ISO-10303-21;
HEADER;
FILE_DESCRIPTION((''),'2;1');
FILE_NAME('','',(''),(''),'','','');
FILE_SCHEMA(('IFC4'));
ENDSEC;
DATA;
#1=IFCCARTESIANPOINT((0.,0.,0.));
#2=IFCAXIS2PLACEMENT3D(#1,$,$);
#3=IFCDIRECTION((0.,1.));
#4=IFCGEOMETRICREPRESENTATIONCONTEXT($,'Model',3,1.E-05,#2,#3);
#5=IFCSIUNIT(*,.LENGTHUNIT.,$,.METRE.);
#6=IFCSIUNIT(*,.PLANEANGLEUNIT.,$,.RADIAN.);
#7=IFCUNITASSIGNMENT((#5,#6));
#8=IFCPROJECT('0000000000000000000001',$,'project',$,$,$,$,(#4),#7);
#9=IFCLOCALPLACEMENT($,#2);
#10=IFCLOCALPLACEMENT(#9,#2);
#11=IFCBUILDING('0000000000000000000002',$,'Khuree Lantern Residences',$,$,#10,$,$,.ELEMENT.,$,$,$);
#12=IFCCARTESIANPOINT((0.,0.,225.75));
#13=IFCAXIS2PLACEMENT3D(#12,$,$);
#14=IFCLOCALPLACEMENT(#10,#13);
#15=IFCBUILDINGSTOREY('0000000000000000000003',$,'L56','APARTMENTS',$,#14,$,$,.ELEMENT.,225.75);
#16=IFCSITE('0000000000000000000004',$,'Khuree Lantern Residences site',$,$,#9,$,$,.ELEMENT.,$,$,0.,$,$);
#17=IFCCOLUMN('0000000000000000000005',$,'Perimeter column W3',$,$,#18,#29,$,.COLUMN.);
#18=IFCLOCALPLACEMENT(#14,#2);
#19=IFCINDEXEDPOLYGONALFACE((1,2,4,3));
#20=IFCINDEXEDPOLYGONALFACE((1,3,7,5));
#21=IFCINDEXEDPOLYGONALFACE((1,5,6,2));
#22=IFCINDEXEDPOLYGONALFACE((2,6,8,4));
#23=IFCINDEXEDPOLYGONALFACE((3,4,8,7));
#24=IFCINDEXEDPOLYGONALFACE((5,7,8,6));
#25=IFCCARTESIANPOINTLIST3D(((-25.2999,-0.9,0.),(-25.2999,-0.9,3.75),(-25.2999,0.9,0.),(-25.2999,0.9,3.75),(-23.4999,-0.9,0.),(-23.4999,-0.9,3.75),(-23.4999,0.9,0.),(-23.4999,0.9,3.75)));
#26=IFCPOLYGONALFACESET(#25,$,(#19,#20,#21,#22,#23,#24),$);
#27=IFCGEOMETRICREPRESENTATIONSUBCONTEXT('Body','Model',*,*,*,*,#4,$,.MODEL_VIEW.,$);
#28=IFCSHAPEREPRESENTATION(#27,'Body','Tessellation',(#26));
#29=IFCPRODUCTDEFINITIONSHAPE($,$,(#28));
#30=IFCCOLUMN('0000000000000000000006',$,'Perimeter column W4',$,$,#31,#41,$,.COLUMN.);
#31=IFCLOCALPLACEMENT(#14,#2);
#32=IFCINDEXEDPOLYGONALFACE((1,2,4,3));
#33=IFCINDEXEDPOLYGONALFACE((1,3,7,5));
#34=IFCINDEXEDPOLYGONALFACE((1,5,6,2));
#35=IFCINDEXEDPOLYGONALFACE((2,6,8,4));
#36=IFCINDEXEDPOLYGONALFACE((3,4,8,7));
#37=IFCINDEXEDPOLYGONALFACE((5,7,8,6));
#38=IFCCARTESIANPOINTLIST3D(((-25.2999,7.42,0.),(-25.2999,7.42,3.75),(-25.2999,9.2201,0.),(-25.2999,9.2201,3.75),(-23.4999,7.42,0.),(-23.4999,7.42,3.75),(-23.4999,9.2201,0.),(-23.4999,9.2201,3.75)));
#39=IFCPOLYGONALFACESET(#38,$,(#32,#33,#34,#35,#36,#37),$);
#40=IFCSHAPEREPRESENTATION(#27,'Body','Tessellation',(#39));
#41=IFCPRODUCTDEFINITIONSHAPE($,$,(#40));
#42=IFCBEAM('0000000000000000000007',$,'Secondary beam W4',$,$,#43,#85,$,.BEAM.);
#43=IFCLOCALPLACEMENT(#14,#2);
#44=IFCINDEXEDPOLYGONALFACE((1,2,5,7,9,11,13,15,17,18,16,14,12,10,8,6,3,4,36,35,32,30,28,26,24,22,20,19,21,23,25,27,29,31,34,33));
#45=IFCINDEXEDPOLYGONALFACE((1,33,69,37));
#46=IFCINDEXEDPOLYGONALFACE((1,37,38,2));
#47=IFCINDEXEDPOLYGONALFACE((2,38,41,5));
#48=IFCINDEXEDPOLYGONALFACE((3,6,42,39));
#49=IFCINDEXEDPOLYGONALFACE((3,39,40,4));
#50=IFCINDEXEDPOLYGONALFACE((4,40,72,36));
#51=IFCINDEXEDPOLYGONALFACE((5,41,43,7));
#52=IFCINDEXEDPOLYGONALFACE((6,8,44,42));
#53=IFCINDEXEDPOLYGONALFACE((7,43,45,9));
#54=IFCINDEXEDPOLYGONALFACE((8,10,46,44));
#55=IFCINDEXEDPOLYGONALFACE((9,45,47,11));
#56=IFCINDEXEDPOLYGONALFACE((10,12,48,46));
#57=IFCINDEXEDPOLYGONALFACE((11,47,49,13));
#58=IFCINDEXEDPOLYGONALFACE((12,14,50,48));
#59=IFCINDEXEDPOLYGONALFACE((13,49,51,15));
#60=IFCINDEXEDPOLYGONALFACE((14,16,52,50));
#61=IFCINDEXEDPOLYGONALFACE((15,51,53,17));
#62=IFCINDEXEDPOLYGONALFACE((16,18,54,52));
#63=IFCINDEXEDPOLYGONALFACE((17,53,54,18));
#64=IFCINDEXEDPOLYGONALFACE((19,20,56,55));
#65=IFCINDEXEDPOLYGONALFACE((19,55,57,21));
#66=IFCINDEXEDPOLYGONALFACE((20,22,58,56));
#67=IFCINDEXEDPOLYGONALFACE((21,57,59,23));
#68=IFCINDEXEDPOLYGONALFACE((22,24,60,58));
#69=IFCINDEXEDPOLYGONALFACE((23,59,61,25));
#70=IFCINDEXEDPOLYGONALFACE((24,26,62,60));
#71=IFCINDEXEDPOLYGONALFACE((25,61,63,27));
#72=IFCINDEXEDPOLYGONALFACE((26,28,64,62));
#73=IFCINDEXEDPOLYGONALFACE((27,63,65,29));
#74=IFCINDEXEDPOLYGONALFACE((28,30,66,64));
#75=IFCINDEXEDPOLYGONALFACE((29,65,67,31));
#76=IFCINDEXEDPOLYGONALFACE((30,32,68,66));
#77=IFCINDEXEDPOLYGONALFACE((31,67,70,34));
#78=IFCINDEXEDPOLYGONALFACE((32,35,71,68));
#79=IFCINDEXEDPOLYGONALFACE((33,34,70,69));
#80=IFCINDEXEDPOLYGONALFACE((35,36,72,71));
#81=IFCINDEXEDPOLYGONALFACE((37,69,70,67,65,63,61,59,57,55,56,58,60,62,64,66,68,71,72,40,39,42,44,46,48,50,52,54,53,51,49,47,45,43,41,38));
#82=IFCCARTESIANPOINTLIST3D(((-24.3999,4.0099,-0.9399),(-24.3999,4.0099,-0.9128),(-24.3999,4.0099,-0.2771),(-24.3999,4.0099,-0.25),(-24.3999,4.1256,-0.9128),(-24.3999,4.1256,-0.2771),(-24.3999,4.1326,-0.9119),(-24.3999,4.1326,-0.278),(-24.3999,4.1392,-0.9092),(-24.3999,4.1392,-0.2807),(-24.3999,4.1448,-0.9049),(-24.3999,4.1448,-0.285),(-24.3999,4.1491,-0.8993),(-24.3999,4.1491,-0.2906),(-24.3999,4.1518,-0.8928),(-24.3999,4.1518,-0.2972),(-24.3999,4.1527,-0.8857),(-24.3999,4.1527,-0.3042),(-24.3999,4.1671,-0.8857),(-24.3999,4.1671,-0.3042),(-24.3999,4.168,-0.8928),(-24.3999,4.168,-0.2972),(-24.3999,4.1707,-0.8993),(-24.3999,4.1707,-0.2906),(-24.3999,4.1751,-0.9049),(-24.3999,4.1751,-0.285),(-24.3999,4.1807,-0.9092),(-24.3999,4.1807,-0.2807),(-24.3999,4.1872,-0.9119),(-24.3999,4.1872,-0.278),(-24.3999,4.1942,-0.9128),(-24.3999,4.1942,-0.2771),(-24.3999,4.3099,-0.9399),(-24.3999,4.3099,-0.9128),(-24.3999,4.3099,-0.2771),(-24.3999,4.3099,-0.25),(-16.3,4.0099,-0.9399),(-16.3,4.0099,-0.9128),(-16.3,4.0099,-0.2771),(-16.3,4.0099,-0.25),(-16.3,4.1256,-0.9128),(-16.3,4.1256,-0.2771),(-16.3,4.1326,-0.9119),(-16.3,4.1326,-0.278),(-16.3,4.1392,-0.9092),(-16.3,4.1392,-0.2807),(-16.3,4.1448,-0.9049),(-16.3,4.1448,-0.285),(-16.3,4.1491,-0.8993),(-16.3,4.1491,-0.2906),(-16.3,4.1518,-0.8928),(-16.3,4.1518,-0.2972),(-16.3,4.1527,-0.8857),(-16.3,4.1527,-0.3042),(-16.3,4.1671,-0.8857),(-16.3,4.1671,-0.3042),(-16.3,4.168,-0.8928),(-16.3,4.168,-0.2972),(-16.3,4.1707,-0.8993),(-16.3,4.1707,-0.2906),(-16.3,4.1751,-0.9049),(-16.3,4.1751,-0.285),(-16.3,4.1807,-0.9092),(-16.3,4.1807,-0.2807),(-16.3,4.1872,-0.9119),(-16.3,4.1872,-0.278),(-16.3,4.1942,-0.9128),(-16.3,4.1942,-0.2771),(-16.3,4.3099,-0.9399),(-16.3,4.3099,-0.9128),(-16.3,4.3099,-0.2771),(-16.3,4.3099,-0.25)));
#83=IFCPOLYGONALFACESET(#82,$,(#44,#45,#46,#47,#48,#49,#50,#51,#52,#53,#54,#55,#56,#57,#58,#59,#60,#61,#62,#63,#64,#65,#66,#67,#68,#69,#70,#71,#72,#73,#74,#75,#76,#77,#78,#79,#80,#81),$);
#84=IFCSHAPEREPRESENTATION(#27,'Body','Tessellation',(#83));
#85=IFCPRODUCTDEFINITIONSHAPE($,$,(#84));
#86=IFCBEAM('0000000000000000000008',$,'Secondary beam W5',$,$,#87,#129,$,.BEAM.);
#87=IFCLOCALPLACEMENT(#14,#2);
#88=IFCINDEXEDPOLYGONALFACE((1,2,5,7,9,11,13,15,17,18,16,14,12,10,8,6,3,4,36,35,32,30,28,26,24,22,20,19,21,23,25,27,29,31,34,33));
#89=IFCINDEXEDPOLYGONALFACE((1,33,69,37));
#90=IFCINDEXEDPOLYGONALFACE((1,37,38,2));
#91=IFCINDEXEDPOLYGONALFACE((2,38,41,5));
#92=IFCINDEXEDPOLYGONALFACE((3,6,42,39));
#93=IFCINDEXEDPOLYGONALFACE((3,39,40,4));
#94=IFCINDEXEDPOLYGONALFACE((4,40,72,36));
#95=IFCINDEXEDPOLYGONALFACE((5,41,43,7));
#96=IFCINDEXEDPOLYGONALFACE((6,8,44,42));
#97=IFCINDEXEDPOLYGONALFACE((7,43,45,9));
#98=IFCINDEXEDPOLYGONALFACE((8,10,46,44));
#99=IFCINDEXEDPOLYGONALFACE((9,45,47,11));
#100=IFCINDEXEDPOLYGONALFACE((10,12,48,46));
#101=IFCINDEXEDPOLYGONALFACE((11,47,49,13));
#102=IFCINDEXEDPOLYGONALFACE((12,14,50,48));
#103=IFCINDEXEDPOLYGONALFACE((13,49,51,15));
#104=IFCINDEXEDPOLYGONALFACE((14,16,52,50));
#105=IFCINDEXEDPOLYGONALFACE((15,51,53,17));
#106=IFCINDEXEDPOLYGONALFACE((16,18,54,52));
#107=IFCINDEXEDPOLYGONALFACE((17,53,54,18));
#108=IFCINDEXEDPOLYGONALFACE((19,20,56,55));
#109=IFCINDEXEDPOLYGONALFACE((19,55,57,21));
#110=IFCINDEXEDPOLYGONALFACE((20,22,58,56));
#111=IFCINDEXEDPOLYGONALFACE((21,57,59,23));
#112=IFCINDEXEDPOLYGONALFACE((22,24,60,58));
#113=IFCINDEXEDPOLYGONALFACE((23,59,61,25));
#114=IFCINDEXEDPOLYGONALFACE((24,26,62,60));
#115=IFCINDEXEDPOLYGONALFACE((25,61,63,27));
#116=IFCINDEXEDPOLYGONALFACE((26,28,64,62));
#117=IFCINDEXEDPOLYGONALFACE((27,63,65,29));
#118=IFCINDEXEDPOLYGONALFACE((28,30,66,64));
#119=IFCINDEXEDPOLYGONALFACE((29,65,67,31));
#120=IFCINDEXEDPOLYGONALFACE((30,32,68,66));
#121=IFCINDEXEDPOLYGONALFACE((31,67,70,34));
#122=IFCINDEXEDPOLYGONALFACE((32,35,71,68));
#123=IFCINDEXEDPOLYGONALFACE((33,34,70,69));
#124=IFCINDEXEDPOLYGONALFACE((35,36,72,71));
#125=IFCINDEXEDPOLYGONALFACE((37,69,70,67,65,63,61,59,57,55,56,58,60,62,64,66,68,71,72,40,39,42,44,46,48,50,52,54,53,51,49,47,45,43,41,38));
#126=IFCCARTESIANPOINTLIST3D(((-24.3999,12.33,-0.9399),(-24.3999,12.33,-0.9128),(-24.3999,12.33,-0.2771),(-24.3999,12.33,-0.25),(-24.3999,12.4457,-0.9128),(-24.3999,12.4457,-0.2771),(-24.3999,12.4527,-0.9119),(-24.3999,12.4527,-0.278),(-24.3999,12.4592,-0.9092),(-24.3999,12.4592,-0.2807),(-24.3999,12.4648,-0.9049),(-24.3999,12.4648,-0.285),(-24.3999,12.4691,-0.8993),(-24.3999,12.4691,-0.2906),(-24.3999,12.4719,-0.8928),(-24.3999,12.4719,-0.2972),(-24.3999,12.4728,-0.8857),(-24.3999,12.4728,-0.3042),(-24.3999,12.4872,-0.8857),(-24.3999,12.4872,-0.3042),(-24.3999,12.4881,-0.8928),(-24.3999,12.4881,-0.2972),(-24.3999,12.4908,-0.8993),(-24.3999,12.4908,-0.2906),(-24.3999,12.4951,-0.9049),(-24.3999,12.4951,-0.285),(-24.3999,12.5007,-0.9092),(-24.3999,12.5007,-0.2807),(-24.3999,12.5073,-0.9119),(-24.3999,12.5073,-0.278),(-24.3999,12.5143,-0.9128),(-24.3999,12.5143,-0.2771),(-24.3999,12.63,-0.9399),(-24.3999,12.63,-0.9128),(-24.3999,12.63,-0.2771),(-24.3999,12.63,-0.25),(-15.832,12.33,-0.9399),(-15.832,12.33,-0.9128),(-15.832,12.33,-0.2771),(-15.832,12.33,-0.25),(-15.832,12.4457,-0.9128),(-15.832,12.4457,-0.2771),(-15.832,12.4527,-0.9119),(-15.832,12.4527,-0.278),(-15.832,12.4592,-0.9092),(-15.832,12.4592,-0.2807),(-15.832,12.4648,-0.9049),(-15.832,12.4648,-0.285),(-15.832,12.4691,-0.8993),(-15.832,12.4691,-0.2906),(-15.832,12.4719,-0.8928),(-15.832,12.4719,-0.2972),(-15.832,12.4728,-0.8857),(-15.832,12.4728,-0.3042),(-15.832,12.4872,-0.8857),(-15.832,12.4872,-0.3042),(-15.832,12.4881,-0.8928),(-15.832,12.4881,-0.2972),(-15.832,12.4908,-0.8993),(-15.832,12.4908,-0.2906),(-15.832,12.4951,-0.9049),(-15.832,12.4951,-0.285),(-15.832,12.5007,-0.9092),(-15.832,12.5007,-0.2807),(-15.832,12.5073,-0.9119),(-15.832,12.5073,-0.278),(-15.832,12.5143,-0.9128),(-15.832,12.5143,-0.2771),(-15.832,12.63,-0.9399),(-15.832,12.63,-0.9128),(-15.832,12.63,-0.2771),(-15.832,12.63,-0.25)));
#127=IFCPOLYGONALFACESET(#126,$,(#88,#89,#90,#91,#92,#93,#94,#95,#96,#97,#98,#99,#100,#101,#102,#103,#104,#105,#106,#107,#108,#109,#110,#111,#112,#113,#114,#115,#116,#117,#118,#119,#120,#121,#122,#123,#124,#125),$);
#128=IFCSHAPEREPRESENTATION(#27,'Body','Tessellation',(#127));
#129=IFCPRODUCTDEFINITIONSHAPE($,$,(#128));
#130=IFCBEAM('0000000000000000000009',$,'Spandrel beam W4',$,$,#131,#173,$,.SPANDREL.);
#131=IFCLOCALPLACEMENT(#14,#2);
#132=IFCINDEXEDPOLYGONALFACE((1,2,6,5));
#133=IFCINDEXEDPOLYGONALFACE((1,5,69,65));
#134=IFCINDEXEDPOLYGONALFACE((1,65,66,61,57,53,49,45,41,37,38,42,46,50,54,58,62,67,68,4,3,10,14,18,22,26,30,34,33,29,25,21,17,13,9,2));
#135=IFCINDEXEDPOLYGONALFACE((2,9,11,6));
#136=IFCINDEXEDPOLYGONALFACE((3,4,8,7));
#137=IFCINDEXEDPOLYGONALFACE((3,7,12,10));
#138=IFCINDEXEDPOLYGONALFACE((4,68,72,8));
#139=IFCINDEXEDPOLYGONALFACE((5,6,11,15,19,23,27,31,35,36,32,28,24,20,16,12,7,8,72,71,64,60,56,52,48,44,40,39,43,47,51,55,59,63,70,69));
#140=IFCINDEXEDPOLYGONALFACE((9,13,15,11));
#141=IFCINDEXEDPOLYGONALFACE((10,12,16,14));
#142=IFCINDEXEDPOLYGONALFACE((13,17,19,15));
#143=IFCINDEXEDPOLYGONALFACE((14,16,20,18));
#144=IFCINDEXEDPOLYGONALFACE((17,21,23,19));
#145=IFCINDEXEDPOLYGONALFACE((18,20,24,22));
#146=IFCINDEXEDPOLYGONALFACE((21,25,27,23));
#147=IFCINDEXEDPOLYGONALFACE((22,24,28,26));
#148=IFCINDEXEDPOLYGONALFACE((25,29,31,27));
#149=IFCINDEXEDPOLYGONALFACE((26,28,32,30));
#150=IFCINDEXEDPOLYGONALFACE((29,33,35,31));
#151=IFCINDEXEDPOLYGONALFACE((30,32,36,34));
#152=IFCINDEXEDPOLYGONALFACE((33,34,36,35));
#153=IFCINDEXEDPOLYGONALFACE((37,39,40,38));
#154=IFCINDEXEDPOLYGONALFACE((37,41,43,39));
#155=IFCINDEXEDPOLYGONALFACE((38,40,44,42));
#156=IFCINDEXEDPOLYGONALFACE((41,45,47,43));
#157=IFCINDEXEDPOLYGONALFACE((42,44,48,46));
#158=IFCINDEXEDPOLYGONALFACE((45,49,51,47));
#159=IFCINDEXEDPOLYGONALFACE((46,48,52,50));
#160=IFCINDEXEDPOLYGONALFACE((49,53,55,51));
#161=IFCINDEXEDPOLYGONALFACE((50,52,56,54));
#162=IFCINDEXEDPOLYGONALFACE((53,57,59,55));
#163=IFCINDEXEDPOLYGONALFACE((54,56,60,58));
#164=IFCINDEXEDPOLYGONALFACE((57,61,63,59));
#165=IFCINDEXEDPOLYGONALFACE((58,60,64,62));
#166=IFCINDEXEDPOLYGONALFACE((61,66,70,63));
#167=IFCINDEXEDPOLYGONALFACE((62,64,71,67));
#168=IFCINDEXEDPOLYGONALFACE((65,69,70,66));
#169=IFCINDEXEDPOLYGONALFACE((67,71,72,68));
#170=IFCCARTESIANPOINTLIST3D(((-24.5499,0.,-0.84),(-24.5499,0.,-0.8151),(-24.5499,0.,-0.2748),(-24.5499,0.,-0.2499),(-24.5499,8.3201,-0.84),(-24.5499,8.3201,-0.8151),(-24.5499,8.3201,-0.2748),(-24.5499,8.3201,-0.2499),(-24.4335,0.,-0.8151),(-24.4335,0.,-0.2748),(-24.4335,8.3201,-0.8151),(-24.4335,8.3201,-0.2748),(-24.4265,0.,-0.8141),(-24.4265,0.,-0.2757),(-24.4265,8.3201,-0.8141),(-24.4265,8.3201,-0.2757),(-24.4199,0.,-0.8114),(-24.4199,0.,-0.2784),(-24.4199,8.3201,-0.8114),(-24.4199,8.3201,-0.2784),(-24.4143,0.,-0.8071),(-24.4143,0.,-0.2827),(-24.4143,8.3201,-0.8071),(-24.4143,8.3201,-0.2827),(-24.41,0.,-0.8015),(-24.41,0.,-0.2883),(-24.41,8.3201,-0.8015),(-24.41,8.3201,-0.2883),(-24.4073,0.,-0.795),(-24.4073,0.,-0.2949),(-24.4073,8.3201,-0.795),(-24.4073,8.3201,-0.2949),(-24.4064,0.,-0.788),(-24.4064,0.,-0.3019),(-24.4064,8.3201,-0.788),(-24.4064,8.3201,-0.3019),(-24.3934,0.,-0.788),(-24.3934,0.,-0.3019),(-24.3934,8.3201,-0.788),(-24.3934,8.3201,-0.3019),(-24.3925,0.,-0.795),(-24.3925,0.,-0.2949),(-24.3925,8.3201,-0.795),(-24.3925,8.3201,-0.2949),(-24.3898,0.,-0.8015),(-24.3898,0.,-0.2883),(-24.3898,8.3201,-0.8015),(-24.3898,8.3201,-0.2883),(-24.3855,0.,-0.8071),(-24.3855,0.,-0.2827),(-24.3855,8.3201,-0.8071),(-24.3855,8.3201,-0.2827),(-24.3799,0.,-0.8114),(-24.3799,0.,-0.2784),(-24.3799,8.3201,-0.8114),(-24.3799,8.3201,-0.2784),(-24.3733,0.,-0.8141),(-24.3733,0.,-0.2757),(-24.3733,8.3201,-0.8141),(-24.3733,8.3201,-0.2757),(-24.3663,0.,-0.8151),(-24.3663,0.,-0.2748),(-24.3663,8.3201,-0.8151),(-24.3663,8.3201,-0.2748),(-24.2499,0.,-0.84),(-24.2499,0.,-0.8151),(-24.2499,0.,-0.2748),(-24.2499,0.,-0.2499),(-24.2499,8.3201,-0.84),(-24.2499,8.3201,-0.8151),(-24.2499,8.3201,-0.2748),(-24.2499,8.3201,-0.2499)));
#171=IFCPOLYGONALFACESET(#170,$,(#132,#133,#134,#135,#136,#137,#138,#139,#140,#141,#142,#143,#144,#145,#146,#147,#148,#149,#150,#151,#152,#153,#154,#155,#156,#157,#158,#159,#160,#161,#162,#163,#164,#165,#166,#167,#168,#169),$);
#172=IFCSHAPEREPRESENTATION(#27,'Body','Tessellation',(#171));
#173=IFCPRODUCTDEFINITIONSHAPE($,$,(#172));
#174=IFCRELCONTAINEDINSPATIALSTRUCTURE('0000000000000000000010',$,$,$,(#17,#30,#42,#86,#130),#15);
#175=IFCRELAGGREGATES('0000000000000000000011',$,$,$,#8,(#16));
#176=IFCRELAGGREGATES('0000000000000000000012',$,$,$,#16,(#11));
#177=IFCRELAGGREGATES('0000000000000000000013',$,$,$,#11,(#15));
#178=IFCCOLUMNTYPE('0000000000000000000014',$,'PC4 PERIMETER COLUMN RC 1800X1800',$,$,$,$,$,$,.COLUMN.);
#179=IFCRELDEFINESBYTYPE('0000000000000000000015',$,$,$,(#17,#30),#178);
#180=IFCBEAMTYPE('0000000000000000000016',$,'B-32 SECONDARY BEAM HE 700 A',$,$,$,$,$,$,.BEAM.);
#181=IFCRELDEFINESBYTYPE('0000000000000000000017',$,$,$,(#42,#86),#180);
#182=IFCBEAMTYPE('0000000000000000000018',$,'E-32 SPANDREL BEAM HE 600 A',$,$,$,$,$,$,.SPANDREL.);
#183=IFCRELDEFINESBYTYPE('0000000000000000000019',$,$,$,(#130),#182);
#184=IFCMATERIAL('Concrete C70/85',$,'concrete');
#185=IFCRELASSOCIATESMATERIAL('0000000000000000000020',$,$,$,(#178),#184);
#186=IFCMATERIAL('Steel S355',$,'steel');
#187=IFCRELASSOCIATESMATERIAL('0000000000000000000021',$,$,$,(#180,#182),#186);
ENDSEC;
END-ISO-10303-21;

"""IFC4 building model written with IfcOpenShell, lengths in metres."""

from ifc_helpers import new_model, si_unit, direction, frame, origin, origin_2d, place, context, subcontext, project, spatial, rectangle, i_section, extrude, material, material_profile, profile_set, type_object, element, save


model = new_model("IFC4")

# Units and contexts
model_context = context("Model", 3, precision=1e-05, world=origin(), true_north=direction((0.0, 1.0)))
body_context = subcontext(model_context, "Body", "Model", "MODEL_VIEW")
ifc_project = project(units=[si_unit("LENGTHUNIT", "METRE"), si_unit("PLANEANGLEUNIT", "RADIAN")], contexts=[model_context])

# Site, building, storey
site_placement = place(None, origin())
site = spatial("IfcSite", under=ifc_project, at=site_placement, Name="Khuree Lantern Residences site", CompositionType="ELEMENT", RefElevation=0.0)
building_placement = place(site_placement, origin())
building = spatial("IfcBuilding", under=site, at=building_placement, Name="Khuree Lantern Residences", CompositionType="ELEMENT")
storey_placement = place(building_placement, frame((0.0, 0.0, 225.75)))
storey = spatial("IfcBuildingStorey", under=building, at=storey_placement, Name="L56", Description="APARTMENTS", CompositionType="ELEMENT", Elevation=225.75)

# Columns
ifc_material_1 = material(Name="Concrete C70/85", Category="concrete")
ifc_material_profile_1 = material_profile(ifc_material_1, rectangle(XDim=1.8, YDim=1.8, at=origin_2d()), Name="RC 1800X1800")
ifc_profile_set_1 = profile_set([ifc_material_profile_1], Name="Concrete C70/85")
column_type = type_object("IfcColumnType", Name="PC4 PERIMETER COLUMN RC 1800X1800", PredefinedType="COLUMN", material=ifc_profile_set_1)
for number, where, z_axis, x_axis, name in (
    (1, (-24.3999, 0.0, 0.0), (0.0, 0.0, 1.0), (0.0, 1.0, 0.0), "Perimeter column W3"),
    (2, (-24.3999, 8.3201, 0.0), (0.0, 0.0, 1.0), (0.0, 1.0, 0.0), "Perimeter column W4"),
):
    element("IfcColumn", number, at=place(storey_placement, frame(where, z_axis=z_axis, x_axis=x_axis)), inside=storey, type_object=column_type, Name=name, PredefinedType="COLUMN", context=body_context, shape_type="SweptSolid", body=[
        extrude(rectangle(XDim=1.8, YDim=1.8, at=origin_2d()), origin(), (0.0, 0.0, 1.0), 3.75),
    ])

# Beams
ifc_material_2 = material(Name="Steel S355", Category="steel")
ifc_material_profile_2 = material_profile(ifc_material_2, i_section(OverallWidth=0.3, OverallDepth=0.6899, WebThickness=0.0144, FlangeThickness=0.0271, FilletRadius=0.0271, at=origin_2d()), Name="HE 700 A")
ifc_profile_set_2 = profile_set([ifc_material_profile_2], Name="Steel S355")
beam_type_1 = type_object("IfcBeamType", Name="B-32 SECONDARY BEAM HE 700 A", PredefinedType="BEAM", material=ifc_profile_set_2)
beam_1_placement = place(storey_placement, frame((-24.3999, 4.1599, -0.595), z_axis=(1.0, 0.0, 0.0), x_axis=(0.0, 1.0, 0.0)))
element("IfcBeam", 3, at=beam_1_placement, inside=storey, type_object=beam_type_1, Name="Secondary beam W4", PredefinedType="BEAM", context=body_context, shape_type="SweptSolid", body=[
    extrude(i_section(OverallWidth=0.3, OverallDepth=0.6899, WebThickness=0.0144, FlangeThickness=0.0271, FilletRadius=0.0271, at=origin_2d()), origin(), (0.0, 0.0, 1.0), 8.0999),
])
beam_2_placement = place(storey_placement, frame((-24.3999, 12.48, -0.595), z_axis=(1.0, 0.0, 0.0), x_axis=(0.0, 1.0, 0.0)))
element("IfcBeam", 4, at=beam_2_placement, inside=storey, type_object=beam_type_1, Name="Secondary beam W5", PredefinedType="BEAM", context=body_context, shape_type="SweptSolid", body=[
    extrude(i_section(OverallWidth=0.3, OverallDepth=0.6899, WebThickness=0.0144, FlangeThickness=0.0271, FilletRadius=0.0271, at=origin_2d()), origin(), (0.0, 0.0, 1.0), 8.5679),
])
ifc_material_profile_3 = material_profile(ifc_material_2, i_section(OverallWidth=0.3, OverallDepth=0.5901, WebThickness=0.0129, FlangeThickness=0.0249, FilletRadius=0.0271, at=origin_2d()), Name="HE 600 A")
ifc_profile_set_3 = profile_set([ifc_material_profile_3], Name="Steel S355")
beam_type_2 = type_object("IfcBeamType", Name="E-32 SPANDREL BEAM HE 600 A", PredefinedType="SPANDREL", material=ifc_profile_set_3)
beam_3_placement = place(storey_placement, frame((-24.3999, 0.0, -0.5449), z_axis=(0.0, 1.0, 0.0), x_axis=(-1.0, 0.0, 0.0)))
element("IfcBeam", 5, at=beam_3_placement, inside=storey, type_object=beam_type_2, Name="Spandrel beam W4", PredefinedType="SPANDREL", context=body_context, shape_type="SweptSolid", body=[
    extrude(i_section(OverallWidth=0.3, OverallDepth=0.5901, WebThickness=0.0129, FlangeThickness=0.0249, FilletRadius=0.0271, at=origin_2d()), origin(), (0.0, 0.0, 1.0), 8.3201),
])

save(model, "model.ifc")
